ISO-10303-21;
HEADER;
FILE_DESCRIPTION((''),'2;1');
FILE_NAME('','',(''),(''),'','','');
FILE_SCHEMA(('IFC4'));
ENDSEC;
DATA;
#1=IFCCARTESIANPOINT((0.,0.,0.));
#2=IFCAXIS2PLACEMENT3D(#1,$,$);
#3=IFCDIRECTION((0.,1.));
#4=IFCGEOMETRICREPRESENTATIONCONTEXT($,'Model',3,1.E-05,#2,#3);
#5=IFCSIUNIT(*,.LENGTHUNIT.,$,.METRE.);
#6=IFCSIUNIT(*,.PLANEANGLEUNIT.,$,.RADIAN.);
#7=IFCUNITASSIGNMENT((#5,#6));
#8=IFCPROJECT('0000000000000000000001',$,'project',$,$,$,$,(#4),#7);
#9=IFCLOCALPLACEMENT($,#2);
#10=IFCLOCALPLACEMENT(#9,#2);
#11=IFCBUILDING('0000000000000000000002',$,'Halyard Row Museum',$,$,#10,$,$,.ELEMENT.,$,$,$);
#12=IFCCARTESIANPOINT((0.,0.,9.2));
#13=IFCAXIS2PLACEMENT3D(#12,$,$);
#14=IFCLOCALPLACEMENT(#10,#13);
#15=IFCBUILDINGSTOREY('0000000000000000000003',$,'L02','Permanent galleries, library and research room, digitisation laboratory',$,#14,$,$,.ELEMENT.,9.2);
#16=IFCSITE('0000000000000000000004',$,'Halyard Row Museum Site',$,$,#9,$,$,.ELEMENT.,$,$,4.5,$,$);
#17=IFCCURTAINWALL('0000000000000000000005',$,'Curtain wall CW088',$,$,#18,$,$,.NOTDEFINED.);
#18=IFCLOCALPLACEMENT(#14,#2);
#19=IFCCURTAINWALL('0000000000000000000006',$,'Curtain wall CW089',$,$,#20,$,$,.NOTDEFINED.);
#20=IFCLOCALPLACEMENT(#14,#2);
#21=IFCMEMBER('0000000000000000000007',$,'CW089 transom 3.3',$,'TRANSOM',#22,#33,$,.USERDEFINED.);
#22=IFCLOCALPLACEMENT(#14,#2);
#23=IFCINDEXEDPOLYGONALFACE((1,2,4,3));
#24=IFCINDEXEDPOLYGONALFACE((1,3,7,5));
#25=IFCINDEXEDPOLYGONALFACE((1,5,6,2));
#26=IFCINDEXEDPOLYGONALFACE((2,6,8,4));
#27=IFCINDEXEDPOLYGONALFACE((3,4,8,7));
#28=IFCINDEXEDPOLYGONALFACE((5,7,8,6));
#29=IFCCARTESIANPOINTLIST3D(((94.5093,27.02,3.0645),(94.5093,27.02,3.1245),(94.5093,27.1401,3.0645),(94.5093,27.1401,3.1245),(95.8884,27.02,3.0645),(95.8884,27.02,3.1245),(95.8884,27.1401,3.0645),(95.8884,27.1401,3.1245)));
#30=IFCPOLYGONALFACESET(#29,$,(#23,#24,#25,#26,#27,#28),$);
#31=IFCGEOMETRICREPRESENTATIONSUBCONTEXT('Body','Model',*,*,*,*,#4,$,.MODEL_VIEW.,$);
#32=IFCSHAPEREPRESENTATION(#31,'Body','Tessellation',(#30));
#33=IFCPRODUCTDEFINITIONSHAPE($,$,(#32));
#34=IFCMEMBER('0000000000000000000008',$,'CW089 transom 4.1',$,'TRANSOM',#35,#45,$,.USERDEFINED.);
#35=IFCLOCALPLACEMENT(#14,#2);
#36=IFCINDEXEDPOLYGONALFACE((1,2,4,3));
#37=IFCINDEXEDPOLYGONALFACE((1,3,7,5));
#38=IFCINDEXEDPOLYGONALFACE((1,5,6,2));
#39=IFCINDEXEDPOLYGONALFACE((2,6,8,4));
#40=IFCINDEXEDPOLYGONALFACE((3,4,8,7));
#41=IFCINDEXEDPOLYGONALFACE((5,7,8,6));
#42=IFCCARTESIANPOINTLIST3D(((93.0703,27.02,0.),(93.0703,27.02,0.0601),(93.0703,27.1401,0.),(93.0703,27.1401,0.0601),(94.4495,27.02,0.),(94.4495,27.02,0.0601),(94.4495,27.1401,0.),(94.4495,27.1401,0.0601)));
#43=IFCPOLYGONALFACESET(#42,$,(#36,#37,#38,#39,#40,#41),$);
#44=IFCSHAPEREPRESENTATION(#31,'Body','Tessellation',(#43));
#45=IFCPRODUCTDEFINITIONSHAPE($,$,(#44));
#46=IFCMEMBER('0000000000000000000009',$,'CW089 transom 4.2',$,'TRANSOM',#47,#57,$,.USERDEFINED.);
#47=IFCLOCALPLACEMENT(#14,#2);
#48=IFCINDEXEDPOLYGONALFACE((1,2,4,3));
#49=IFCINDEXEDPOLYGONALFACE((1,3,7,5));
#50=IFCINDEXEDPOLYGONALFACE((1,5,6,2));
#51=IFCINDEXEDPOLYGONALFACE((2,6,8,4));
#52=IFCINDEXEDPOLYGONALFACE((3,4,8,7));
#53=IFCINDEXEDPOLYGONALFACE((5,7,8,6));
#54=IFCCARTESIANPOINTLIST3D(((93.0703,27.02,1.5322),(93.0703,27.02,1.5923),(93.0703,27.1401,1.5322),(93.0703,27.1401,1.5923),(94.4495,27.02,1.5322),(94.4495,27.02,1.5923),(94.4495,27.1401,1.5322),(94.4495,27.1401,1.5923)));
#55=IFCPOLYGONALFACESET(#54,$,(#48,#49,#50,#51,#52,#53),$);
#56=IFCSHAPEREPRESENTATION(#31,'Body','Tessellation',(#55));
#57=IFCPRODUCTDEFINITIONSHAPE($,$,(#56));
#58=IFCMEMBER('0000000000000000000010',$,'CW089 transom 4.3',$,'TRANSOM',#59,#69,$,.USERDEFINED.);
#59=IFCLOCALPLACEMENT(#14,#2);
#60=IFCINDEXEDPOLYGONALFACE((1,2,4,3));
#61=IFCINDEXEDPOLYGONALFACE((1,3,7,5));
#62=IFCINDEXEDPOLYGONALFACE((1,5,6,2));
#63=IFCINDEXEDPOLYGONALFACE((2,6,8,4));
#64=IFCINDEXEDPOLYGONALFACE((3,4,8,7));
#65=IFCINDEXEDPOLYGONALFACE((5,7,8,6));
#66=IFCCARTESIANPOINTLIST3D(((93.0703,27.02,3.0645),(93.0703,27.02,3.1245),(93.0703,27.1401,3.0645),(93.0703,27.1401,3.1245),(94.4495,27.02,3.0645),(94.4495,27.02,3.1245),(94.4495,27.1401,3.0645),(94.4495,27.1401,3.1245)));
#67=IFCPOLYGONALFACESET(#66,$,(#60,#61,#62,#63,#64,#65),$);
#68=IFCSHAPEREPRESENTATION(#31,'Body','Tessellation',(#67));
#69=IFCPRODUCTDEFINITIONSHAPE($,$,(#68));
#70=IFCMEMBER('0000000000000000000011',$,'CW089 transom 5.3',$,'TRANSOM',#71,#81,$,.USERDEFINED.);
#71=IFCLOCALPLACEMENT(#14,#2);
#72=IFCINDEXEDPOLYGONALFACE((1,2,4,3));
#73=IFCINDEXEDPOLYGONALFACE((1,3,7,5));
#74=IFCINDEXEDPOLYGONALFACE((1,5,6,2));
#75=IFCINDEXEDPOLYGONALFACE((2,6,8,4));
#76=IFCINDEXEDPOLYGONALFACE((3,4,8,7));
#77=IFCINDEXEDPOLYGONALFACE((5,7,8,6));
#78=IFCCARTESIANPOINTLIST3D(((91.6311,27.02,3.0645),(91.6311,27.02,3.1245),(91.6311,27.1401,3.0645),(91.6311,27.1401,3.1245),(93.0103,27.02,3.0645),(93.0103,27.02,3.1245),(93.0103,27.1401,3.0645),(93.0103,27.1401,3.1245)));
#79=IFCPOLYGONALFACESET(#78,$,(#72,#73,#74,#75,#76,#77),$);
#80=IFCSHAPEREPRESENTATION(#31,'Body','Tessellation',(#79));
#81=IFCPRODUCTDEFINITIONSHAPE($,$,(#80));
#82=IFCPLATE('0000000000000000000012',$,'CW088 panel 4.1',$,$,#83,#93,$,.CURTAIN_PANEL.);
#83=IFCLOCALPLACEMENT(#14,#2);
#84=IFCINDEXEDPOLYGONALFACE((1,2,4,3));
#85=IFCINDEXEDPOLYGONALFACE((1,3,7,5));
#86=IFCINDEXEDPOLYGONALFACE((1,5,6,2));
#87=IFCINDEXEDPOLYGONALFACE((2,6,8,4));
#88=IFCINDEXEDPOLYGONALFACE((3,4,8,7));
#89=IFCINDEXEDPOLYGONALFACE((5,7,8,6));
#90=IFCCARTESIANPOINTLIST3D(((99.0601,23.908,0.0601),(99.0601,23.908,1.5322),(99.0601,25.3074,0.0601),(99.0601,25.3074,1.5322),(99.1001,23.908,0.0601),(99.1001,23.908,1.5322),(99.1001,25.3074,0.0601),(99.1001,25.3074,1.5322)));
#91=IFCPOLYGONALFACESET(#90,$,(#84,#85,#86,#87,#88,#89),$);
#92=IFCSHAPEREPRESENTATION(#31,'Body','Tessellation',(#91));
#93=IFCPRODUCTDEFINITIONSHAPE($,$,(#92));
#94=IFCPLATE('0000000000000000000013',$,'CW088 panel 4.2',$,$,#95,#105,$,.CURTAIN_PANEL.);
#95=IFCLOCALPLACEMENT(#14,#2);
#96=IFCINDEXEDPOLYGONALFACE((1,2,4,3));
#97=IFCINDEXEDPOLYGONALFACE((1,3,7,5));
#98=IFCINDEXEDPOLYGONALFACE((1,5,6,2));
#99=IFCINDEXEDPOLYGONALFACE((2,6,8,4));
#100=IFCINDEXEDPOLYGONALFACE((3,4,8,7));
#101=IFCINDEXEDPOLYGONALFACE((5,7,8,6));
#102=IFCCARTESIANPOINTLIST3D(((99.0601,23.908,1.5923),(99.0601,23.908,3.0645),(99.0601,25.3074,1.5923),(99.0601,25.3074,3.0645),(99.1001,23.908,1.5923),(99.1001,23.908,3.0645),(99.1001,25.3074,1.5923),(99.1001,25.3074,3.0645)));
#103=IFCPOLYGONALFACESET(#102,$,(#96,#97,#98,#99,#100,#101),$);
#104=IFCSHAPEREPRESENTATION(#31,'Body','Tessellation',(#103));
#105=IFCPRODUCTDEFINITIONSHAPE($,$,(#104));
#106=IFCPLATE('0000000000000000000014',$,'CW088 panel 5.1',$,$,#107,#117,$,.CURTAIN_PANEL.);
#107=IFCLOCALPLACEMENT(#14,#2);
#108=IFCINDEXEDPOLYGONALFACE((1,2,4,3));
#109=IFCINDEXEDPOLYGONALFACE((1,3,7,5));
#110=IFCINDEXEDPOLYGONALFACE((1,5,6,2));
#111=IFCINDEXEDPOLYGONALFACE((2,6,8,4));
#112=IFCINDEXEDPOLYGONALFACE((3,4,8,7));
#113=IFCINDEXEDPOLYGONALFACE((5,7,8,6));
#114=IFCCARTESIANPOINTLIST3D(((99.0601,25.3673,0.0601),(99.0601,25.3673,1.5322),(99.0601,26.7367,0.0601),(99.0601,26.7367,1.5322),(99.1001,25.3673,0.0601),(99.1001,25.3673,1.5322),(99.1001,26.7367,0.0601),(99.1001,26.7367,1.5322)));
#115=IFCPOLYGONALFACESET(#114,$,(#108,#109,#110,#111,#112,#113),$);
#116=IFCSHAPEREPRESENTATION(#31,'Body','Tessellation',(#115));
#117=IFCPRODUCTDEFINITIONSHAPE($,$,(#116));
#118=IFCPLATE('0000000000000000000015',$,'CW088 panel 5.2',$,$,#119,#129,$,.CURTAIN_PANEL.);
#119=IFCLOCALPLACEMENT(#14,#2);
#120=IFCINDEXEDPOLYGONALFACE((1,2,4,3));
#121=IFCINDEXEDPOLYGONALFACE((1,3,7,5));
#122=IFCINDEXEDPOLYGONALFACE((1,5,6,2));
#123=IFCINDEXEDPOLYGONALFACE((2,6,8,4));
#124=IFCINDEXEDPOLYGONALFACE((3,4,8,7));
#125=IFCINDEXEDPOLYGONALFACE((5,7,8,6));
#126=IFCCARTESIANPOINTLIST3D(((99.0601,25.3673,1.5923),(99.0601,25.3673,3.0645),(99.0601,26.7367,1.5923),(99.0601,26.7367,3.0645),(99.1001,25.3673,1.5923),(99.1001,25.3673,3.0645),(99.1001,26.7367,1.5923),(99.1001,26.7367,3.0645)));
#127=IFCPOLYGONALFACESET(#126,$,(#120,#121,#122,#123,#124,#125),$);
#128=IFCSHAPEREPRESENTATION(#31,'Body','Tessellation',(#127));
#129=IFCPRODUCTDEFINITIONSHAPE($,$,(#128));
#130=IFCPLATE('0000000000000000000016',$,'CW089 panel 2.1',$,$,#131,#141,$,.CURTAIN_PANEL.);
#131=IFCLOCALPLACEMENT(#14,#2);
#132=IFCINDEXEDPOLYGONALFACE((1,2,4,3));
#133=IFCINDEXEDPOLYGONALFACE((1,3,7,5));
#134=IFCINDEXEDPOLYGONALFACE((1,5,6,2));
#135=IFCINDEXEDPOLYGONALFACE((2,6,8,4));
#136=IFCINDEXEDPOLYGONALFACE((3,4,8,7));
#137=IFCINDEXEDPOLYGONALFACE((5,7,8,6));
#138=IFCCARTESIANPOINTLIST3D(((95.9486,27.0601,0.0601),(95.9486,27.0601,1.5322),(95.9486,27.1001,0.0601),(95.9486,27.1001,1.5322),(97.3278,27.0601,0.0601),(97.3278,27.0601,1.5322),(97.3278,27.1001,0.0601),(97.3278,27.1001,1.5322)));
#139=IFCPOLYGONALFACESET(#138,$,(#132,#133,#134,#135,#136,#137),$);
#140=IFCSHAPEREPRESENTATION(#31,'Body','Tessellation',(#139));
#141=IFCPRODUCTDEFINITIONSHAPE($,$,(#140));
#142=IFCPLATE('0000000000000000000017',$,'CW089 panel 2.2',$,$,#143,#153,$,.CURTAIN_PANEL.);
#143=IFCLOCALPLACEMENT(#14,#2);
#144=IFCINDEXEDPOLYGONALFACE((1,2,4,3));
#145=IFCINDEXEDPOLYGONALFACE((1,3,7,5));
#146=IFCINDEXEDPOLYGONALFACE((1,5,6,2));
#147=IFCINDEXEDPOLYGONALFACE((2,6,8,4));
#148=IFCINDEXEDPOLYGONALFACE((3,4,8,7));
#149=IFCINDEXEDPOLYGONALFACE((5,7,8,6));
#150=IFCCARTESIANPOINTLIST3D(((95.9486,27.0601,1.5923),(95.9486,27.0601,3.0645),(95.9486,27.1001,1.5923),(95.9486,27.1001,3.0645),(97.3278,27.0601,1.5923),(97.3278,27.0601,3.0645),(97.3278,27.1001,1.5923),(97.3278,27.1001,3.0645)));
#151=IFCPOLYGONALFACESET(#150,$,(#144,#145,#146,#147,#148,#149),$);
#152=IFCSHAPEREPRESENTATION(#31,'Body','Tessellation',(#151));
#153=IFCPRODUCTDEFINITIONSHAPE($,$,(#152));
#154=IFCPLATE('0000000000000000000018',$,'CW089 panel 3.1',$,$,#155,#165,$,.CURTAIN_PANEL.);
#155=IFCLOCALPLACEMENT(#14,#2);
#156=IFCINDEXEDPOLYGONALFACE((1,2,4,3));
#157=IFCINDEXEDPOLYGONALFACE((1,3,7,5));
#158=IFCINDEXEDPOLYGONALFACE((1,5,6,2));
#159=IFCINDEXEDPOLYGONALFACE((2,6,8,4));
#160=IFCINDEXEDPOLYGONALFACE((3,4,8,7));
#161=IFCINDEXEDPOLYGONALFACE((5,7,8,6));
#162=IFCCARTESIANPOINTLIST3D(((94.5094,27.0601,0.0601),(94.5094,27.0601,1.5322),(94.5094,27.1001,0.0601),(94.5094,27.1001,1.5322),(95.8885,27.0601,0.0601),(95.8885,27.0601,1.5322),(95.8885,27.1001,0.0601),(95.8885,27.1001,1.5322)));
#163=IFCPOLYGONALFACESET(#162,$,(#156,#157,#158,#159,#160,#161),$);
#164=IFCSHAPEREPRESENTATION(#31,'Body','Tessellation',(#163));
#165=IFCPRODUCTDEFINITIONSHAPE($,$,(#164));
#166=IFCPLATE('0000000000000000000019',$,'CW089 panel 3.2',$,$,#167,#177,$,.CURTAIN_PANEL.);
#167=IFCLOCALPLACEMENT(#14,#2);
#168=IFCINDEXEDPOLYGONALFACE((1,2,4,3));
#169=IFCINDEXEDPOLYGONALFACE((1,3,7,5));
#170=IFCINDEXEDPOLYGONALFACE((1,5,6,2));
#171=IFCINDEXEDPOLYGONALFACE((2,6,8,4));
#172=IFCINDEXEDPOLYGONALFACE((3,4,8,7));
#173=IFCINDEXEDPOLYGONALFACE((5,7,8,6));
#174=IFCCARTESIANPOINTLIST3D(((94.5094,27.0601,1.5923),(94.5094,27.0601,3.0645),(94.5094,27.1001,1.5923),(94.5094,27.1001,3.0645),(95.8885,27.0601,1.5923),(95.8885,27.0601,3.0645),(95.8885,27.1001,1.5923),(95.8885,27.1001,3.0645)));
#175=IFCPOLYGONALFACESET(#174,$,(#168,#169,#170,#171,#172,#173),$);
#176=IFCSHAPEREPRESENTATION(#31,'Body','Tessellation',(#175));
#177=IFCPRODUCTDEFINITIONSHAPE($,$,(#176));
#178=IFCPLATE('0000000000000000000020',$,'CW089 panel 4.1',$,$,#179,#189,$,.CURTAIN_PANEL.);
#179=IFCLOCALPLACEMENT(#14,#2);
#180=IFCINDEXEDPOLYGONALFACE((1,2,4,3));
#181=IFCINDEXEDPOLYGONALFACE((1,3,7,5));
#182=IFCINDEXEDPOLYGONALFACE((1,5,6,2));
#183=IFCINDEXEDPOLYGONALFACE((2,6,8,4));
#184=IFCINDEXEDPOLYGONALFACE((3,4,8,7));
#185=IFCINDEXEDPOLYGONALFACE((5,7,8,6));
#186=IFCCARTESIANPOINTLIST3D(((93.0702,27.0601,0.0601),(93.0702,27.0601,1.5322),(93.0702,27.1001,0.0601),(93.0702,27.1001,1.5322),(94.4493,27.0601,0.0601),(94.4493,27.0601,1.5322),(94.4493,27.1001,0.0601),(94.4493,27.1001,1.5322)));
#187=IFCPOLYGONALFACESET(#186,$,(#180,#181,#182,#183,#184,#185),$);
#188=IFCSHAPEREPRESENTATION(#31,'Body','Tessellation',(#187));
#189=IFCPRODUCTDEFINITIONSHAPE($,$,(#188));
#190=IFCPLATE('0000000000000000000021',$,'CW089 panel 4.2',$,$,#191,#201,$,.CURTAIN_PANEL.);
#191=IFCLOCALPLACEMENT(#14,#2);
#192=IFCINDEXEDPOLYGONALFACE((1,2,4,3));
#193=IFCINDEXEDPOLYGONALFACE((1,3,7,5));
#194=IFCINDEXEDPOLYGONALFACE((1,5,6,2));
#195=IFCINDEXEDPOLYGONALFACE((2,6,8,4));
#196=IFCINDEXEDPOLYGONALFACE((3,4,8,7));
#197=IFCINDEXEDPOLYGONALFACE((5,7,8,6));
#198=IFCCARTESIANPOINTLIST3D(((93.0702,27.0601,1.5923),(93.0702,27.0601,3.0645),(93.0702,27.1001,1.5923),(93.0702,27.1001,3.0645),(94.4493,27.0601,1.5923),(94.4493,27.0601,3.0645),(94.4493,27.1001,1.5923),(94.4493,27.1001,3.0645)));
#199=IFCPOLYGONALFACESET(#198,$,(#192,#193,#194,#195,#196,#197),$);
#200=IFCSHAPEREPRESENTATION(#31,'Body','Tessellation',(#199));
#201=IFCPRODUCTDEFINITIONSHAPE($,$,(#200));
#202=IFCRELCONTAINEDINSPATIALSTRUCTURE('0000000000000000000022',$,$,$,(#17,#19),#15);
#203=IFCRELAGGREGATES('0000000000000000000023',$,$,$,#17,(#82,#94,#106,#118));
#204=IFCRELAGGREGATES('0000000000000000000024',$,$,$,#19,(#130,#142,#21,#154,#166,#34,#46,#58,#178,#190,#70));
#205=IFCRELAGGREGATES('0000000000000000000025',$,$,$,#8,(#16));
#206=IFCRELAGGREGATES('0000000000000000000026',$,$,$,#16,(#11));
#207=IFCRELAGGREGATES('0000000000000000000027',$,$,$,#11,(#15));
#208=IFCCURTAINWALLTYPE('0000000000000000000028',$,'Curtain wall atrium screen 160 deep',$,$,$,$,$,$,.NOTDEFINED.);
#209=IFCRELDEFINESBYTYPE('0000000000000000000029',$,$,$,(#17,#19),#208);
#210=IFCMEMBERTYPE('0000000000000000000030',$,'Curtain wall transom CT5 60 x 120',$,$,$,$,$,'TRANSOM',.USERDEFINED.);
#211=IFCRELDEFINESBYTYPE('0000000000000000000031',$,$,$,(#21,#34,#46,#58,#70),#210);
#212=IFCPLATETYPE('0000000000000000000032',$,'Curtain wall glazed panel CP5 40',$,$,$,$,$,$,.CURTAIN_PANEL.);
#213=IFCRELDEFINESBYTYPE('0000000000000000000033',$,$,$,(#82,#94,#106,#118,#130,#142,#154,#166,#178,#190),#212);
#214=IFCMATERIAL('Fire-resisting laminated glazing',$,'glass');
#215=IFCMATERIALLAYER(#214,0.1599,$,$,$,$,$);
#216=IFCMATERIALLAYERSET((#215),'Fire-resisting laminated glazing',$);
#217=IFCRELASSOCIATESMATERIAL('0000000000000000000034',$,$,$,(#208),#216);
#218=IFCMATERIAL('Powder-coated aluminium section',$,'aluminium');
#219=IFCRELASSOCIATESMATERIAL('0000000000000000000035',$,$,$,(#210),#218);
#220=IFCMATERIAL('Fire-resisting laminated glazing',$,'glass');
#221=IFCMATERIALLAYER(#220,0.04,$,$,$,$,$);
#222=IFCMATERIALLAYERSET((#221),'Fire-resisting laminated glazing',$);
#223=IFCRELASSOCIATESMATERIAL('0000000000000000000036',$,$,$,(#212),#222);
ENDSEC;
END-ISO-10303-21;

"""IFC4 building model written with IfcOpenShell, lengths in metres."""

from ifc_helpers import new_model, si_unit, direction, frame, origin, origin_2d, place, context, subcontext, project, spatial, rectangle, extrude, material, layer, layer_set, material_profile, profile_set, type_object, element, aggregate, save


model = new_model("IFC4")

# Units and contexts
model_context = context("Model", 3, precision=1e-05, world=origin(), true_north=direction((0.0, 1.0)))
body_context = subcontext(model_context, "Body", "Model", "MODEL_VIEW")
ifc_project = project(units=[si_unit("LENGTHUNIT", "METRE"), si_unit("PLANEANGLEUNIT", "RADIAN")], contexts=[model_context])

# Site, building, storey
site_placement = place(None, origin())
site = spatial("IfcSite", under=ifc_project, at=site_placement, Name="Halyard Row Museum Site", CompositionType="ELEMENT", RefElevation=4.5)
building_placement = place(site_placement, origin())
building = spatial("IfcBuilding", under=site, at=building_placement, Name="Halyard Row Museum", CompositionType="ELEMENT")
storey_placement = place(building_placement, frame((0.0, 0.0, 9.2)))
storey = spatial("IfcBuildingStorey", under=building, at=storey_placement, Name="L02", Description="Permanent galleries, library and research room, digitisation laboratory", CompositionType="ELEMENT", Elevation=9.2)

# Curtain wall
ifc_material_1 = material(Name="Fire-resisting laminated glazing", Category="glass")
ifc_layer_1 = layer(ifc_material_1, 0.1599)
ifc_layer_set_1 = layer_set([ifc_layer_1], Name="Fire-resisting laminated glazing")
curtain_wall_type = type_object("IfcCurtainWallType", Name="Curtain wall atrium screen 160 deep", PredefinedType="NOTDEFINED", material=ifc_layer_set_1)
curtain_wall_1_placement = place(storey_placement, origin())
curtain_wall_1 = element("IfcCurtainWall", 1, at=curtain_wall_1_placement, inside=storey, type_object=curtain_wall_type, Name="Curtain wall CW088", PredefinedType="NOTDEFINED")

# Curtain wall
curtain_wall_2_placement = place(storey_placement, origin())
curtain_wall_2 = element("IfcCurtainWall", 2, at=curtain_wall_2_placement, inside=storey, type_object=curtain_wall_type, Name="Curtain wall CW089", PredefinedType="NOTDEFINED")

# Members
ifc_material_2 = material(Name="Powder-coated aluminium section", Category="aluminium")
ifc_material_profile_1 = material_profile(ifc_material_2, rectangle(XDim=0.1201, YDim=0.0601, at=origin_2d()), Name="120x60 transom")
ifc_profile_set_1 = profile_set([ifc_material_profile_1], Name="Powder-coated aluminium section")
member_type_1 = type_object("IfcMemberType", Name="Curtain wall transom CT5 60 x 120", ElementType="TRANSOM", PredefinedType="USERDEFINED", material=ifc_profile_set_1)
member_1_placement = place(storey_placement, frame((95.8884, 27.0801, 3.0945), z_axis=(-1.0, 0.0, 0.0), x_axis=(0.0, -1.0, 0.0)))
member_1 = element("IfcMember", 3, at=member_1_placement, type_object=member_type_1, Name="CW089 transom 3.3", ObjectType="TRANSOM", PredefinedType="USERDEFINED", context=body_context, shape_type="SweptSolid", body=[
    extrude(rectangle(XDim=0.1201, YDim=0.0601, at=origin_2d()), origin(), (0.0, 0.0, 1.0), 1.3792),
])
member_2_placement = place(storey_placement, frame((94.4495, 27.0801, 0.03), z_axis=(-1.0, 0.0, 0.0), x_axis=(0.0, -1.0, 0.0)))
member_2 = element("IfcMember", 4, at=member_2_placement, type_object=member_type_1, Name="CW089 transom 4.1", ObjectType="TRANSOM", PredefinedType="USERDEFINED", context=body_context, shape_type="SweptSolid", body=[
    extrude(rectangle(XDim=0.1201, YDim=0.0601, at=origin_2d()), origin(), (0.0, 0.0, 1.0), 1.3792),
])
member_3_placement = place(storey_placement, frame((94.4495, 27.0801, 1.5623), z_axis=(-1.0, 0.0, 0.0), x_axis=(0.0, -1.0, 0.0)))
member_3 = element("IfcMember", 5, at=member_3_placement, type_object=member_type_1, Name="CW089 transom 4.2", ObjectType="TRANSOM", PredefinedType="USERDEFINED", context=body_context, shape_type="SweptSolid", body=[
    extrude(rectangle(XDim=0.1201, YDim=0.0601, at=origin_2d()), origin(), (0.0, 0.0, 1.0), 1.3792),
])
member_4_placement = place(storey_placement, frame((94.4495, 27.0801, 3.0945), z_axis=(-1.0, 0.0, 0.0), x_axis=(0.0, -1.0, 0.0)))
member_4 = element("IfcMember", 6, at=member_4_placement, type_object=member_type_1, Name="CW089 transom 4.3", ObjectType="TRANSOM", PredefinedType="USERDEFINED", context=body_context, shape_type="SweptSolid", body=[
    extrude(rectangle(XDim=0.1201, YDim=0.0601, at=origin_2d()), origin(), (0.0, 0.0, 1.0), 1.3792),
])
member_5_placement = place(storey_placement, frame((93.0103, 27.0801, 3.0945), z_axis=(-1.0, 0.0, 0.0), x_axis=(0.0, -1.0, 0.0)))
member_5 = element("IfcMember", 7, at=member_5_placement, type_object=member_type_1, Name="CW089 transom 5.3", ObjectType="TRANSOM", PredefinedType="USERDEFINED", context=body_context, shape_type="SweptSolid", body=[
    extrude(rectangle(XDim=0.1201, YDim=0.0601, at=origin_2d()), origin(), (0.0, 0.0, 1.0), 1.3792),
])

# Plates
ifc_material_3 = material(Name="Fire-resisting laminated glazing", Category="glass")
ifc_layer_2 = layer(ifc_material_3, 0.04)
ifc_layer_set_2 = layer_set([ifc_layer_2], Name="Fire-resisting laminated glazing")
plate_type = type_object("IfcPlateType", Name="Curtain wall glazed panel CP5 40", PredefinedType="CURTAIN_PANEL", material=ifc_layer_set_2)
plate_1_placement = place(storey_placement, frame((99.0801, 24.6077, 0.0601), z_axis=(0.0, 0.0, 1.0), x_axis=(0.0, 1.0, 0.0)))
plate_1 = element("IfcPlate", 8, at=plate_1_placement, type_object=plate_type, Name="CW088 panel 4.1", PredefinedType="CURTAIN_PANEL", context=body_context, shape_type="SweptSolid", body=[
    extrude(rectangle(XDim=1.3994, YDim=0.04, at=origin_2d()), origin(), (0.0, 0.0, 1.0), 1.4722),
])
plate_2_placement = place(storey_placement, frame((99.0801, 24.6077, 1.5923), z_axis=(0.0, 0.0, 1.0), x_axis=(0.0, 1.0, 0.0)))
plate_2 = element("IfcPlate", 9, at=plate_2_placement, type_object=plate_type, Name="CW088 panel 4.2", PredefinedType="CURTAIN_PANEL", context=body_context, shape_type="SweptSolid", body=[
    extrude(rectangle(XDim=1.3994, YDim=0.04, at=origin_2d()), origin(), (0.0, 0.0, 1.0), 1.4722),
])
plate_3_placement = place(storey_placement, frame((99.0801, 26.052, 0.0601), z_axis=(0.0, 0.0, 1.0), x_axis=(0.0, 1.0, 0.0)))
plate_3 = element("IfcPlate", 10, at=plate_3_placement, type_object=plate_type, Name="CW088 panel 5.1", PredefinedType="CURTAIN_PANEL", context=body_context, shape_type="SweptSolid", body=[
    extrude(rectangle(XDim=1.3694, YDim=0.04, at=origin_2d()), origin(), (0.0, 0.0, 1.0), 1.4722),
])
plate_4_placement = place(storey_placement, frame((99.0801, 26.052, 1.5923), z_axis=(0.0, 0.0, 1.0), x_axis=(0.0, 1.0, 0.0)))
plate_4 = element("IfcPlate", 11, at=plate_4_placement, type_object=plate_type, Name="CW088 panel 5.2", PredefinedType="CURTAIN_PANEL", context=body_context, shape_type="SweptSolid", body=[
    extrude(rectangle(XDim=1.3694, YDim=0.04, at=origin_2d()), origin(), (0.0, 0.0, 1.0), 1.4722),
])
aggregate(curtain_wall_1, [plate_1, plate_2, plate_3, plate_4])
plate_5_placement = place(storey_placement, frame((96.6382, 27.0801, 0.0601), z_axis=(0.0, 0.0, 1.0), x_axis=(-1.0, 0.0, 0.0)))
plate_5 = element("IfcPlate", 12, at=plate_5_placement, type_object=plate_type, Name="CW089 panel 2.1", PredefinedType="CURTAIN_PANEL", context=body_context, shape_type="SweptSolid", body=[
    extrude(rectangle(XDim=1.3792, YDim=0.04, at=origin_2d()), origin(), (0.0, 0.0, 1.0), 1.4722),
])
plate_6_placement = place(storey_placement, frame((96.6382, 27.0801, 1.5923), z_axis=(0.0, 0.0, 1.0), x_axis=(-1.0, 0.0, 0.0)))
plate_6 = element("IfcPlate", 13, at=plate_6_placement, type_object=plate_type, Name="CW089 panel 2.2", PredefinedType="CURTAIN_PANEL", context=body_context, shape_type="SweptSolid", body=[
    extrude(rectangle(XDim=1.3792, YDim=0.04, at=origin_2d()), origin(), (0.0, 0.0, 1.0), 1.4722),
])
plate_7_placement = place(storey_placement, frame((95.199, 27.0801, 0.0601), z_axis=(0.0, 0.0, 1.0), x_axis=(-1.0, 0.0, 0.0)))
plate_7 = element("IfcPlate", 14, at=plate_7_placement, type_object=plate_type, Name="CW089 panel 3.1", PredefinedType="CURTAIN_PANEL", context=body_context, shape_type="SweptSolid", body=[
    extrude(rectangle(XDim=1.3792, YDim=0.04, at=origin_2d()), origin(), (0.0, 0.0, 1.0), 1.4722),
])
plate_8_placement = place(storey_placement, frame((95.199, 27.0801, 1.5923), z_axis=(0.0, 0.0, 1.0), x_axis=(-1.0, 0.0, 0.0)))
plate_8 = element("IfcPlate", 15, at=plate_8_placement, type_object=plate_type, Name="CW089 panel 3.2", PredefinedType="CURTAIN_PANEL", context=body_context, shape_type="SweptSolid", body=[
    extrude(rectangle(XDim=1.3792, YDim=0.04, at=origin_2d()), origin(), (0.0, 0.0, 1.0), 1.4722),
])
plate_9_placement = place(storey_placement, frame((93.7598, 27.0801, 0.0601), z_axis=(0.0, 0.0, 1.0), x_axis=(-1.0, 0.0, 0.0)))
plate_9 = element("IfcPlate", 16, at=plate_9_placement, type_object=plate_type, Name="CW089 panel 4.1", PredefinedType="CURTAIN_PANEL", context=body_context, shape_type="SweptSolid", body=[
    extrude(rectangle(XDim=1.3792, YDim=0.04, at=origin_2d()), origin(), (0.0, 0.0, 1.0), 1.4722),
])
plate_10_placement = place(storey_placement, frame((93.7598, 27.0801, 1.5923), z_axis=(0.0, 0.0, 1.0), x_axis=(-1.0, 0.0, 0.0)))
plate_10 = element("IfcPlate", 17, at=plate_10_placement, type_object=plate_type, Name="CW089 panel 4.2", PredefinedType="CURTAIN_PANEL", context=body_context, shape_type="SweptSolid", body=[
    extrude(rectangle(XDim=1.3792, YDim=0.04, at=origin_2d()), origin(), (0.0, 0.0, 1.0), 1.4722),
])
aggregate(curtain_wall_2, [plate_5, plate_6, member_1, plate_7, plate_8, member_2, member_3, member_4, plate_9, plate_10, member_5])

save(model, "model.ifc")
